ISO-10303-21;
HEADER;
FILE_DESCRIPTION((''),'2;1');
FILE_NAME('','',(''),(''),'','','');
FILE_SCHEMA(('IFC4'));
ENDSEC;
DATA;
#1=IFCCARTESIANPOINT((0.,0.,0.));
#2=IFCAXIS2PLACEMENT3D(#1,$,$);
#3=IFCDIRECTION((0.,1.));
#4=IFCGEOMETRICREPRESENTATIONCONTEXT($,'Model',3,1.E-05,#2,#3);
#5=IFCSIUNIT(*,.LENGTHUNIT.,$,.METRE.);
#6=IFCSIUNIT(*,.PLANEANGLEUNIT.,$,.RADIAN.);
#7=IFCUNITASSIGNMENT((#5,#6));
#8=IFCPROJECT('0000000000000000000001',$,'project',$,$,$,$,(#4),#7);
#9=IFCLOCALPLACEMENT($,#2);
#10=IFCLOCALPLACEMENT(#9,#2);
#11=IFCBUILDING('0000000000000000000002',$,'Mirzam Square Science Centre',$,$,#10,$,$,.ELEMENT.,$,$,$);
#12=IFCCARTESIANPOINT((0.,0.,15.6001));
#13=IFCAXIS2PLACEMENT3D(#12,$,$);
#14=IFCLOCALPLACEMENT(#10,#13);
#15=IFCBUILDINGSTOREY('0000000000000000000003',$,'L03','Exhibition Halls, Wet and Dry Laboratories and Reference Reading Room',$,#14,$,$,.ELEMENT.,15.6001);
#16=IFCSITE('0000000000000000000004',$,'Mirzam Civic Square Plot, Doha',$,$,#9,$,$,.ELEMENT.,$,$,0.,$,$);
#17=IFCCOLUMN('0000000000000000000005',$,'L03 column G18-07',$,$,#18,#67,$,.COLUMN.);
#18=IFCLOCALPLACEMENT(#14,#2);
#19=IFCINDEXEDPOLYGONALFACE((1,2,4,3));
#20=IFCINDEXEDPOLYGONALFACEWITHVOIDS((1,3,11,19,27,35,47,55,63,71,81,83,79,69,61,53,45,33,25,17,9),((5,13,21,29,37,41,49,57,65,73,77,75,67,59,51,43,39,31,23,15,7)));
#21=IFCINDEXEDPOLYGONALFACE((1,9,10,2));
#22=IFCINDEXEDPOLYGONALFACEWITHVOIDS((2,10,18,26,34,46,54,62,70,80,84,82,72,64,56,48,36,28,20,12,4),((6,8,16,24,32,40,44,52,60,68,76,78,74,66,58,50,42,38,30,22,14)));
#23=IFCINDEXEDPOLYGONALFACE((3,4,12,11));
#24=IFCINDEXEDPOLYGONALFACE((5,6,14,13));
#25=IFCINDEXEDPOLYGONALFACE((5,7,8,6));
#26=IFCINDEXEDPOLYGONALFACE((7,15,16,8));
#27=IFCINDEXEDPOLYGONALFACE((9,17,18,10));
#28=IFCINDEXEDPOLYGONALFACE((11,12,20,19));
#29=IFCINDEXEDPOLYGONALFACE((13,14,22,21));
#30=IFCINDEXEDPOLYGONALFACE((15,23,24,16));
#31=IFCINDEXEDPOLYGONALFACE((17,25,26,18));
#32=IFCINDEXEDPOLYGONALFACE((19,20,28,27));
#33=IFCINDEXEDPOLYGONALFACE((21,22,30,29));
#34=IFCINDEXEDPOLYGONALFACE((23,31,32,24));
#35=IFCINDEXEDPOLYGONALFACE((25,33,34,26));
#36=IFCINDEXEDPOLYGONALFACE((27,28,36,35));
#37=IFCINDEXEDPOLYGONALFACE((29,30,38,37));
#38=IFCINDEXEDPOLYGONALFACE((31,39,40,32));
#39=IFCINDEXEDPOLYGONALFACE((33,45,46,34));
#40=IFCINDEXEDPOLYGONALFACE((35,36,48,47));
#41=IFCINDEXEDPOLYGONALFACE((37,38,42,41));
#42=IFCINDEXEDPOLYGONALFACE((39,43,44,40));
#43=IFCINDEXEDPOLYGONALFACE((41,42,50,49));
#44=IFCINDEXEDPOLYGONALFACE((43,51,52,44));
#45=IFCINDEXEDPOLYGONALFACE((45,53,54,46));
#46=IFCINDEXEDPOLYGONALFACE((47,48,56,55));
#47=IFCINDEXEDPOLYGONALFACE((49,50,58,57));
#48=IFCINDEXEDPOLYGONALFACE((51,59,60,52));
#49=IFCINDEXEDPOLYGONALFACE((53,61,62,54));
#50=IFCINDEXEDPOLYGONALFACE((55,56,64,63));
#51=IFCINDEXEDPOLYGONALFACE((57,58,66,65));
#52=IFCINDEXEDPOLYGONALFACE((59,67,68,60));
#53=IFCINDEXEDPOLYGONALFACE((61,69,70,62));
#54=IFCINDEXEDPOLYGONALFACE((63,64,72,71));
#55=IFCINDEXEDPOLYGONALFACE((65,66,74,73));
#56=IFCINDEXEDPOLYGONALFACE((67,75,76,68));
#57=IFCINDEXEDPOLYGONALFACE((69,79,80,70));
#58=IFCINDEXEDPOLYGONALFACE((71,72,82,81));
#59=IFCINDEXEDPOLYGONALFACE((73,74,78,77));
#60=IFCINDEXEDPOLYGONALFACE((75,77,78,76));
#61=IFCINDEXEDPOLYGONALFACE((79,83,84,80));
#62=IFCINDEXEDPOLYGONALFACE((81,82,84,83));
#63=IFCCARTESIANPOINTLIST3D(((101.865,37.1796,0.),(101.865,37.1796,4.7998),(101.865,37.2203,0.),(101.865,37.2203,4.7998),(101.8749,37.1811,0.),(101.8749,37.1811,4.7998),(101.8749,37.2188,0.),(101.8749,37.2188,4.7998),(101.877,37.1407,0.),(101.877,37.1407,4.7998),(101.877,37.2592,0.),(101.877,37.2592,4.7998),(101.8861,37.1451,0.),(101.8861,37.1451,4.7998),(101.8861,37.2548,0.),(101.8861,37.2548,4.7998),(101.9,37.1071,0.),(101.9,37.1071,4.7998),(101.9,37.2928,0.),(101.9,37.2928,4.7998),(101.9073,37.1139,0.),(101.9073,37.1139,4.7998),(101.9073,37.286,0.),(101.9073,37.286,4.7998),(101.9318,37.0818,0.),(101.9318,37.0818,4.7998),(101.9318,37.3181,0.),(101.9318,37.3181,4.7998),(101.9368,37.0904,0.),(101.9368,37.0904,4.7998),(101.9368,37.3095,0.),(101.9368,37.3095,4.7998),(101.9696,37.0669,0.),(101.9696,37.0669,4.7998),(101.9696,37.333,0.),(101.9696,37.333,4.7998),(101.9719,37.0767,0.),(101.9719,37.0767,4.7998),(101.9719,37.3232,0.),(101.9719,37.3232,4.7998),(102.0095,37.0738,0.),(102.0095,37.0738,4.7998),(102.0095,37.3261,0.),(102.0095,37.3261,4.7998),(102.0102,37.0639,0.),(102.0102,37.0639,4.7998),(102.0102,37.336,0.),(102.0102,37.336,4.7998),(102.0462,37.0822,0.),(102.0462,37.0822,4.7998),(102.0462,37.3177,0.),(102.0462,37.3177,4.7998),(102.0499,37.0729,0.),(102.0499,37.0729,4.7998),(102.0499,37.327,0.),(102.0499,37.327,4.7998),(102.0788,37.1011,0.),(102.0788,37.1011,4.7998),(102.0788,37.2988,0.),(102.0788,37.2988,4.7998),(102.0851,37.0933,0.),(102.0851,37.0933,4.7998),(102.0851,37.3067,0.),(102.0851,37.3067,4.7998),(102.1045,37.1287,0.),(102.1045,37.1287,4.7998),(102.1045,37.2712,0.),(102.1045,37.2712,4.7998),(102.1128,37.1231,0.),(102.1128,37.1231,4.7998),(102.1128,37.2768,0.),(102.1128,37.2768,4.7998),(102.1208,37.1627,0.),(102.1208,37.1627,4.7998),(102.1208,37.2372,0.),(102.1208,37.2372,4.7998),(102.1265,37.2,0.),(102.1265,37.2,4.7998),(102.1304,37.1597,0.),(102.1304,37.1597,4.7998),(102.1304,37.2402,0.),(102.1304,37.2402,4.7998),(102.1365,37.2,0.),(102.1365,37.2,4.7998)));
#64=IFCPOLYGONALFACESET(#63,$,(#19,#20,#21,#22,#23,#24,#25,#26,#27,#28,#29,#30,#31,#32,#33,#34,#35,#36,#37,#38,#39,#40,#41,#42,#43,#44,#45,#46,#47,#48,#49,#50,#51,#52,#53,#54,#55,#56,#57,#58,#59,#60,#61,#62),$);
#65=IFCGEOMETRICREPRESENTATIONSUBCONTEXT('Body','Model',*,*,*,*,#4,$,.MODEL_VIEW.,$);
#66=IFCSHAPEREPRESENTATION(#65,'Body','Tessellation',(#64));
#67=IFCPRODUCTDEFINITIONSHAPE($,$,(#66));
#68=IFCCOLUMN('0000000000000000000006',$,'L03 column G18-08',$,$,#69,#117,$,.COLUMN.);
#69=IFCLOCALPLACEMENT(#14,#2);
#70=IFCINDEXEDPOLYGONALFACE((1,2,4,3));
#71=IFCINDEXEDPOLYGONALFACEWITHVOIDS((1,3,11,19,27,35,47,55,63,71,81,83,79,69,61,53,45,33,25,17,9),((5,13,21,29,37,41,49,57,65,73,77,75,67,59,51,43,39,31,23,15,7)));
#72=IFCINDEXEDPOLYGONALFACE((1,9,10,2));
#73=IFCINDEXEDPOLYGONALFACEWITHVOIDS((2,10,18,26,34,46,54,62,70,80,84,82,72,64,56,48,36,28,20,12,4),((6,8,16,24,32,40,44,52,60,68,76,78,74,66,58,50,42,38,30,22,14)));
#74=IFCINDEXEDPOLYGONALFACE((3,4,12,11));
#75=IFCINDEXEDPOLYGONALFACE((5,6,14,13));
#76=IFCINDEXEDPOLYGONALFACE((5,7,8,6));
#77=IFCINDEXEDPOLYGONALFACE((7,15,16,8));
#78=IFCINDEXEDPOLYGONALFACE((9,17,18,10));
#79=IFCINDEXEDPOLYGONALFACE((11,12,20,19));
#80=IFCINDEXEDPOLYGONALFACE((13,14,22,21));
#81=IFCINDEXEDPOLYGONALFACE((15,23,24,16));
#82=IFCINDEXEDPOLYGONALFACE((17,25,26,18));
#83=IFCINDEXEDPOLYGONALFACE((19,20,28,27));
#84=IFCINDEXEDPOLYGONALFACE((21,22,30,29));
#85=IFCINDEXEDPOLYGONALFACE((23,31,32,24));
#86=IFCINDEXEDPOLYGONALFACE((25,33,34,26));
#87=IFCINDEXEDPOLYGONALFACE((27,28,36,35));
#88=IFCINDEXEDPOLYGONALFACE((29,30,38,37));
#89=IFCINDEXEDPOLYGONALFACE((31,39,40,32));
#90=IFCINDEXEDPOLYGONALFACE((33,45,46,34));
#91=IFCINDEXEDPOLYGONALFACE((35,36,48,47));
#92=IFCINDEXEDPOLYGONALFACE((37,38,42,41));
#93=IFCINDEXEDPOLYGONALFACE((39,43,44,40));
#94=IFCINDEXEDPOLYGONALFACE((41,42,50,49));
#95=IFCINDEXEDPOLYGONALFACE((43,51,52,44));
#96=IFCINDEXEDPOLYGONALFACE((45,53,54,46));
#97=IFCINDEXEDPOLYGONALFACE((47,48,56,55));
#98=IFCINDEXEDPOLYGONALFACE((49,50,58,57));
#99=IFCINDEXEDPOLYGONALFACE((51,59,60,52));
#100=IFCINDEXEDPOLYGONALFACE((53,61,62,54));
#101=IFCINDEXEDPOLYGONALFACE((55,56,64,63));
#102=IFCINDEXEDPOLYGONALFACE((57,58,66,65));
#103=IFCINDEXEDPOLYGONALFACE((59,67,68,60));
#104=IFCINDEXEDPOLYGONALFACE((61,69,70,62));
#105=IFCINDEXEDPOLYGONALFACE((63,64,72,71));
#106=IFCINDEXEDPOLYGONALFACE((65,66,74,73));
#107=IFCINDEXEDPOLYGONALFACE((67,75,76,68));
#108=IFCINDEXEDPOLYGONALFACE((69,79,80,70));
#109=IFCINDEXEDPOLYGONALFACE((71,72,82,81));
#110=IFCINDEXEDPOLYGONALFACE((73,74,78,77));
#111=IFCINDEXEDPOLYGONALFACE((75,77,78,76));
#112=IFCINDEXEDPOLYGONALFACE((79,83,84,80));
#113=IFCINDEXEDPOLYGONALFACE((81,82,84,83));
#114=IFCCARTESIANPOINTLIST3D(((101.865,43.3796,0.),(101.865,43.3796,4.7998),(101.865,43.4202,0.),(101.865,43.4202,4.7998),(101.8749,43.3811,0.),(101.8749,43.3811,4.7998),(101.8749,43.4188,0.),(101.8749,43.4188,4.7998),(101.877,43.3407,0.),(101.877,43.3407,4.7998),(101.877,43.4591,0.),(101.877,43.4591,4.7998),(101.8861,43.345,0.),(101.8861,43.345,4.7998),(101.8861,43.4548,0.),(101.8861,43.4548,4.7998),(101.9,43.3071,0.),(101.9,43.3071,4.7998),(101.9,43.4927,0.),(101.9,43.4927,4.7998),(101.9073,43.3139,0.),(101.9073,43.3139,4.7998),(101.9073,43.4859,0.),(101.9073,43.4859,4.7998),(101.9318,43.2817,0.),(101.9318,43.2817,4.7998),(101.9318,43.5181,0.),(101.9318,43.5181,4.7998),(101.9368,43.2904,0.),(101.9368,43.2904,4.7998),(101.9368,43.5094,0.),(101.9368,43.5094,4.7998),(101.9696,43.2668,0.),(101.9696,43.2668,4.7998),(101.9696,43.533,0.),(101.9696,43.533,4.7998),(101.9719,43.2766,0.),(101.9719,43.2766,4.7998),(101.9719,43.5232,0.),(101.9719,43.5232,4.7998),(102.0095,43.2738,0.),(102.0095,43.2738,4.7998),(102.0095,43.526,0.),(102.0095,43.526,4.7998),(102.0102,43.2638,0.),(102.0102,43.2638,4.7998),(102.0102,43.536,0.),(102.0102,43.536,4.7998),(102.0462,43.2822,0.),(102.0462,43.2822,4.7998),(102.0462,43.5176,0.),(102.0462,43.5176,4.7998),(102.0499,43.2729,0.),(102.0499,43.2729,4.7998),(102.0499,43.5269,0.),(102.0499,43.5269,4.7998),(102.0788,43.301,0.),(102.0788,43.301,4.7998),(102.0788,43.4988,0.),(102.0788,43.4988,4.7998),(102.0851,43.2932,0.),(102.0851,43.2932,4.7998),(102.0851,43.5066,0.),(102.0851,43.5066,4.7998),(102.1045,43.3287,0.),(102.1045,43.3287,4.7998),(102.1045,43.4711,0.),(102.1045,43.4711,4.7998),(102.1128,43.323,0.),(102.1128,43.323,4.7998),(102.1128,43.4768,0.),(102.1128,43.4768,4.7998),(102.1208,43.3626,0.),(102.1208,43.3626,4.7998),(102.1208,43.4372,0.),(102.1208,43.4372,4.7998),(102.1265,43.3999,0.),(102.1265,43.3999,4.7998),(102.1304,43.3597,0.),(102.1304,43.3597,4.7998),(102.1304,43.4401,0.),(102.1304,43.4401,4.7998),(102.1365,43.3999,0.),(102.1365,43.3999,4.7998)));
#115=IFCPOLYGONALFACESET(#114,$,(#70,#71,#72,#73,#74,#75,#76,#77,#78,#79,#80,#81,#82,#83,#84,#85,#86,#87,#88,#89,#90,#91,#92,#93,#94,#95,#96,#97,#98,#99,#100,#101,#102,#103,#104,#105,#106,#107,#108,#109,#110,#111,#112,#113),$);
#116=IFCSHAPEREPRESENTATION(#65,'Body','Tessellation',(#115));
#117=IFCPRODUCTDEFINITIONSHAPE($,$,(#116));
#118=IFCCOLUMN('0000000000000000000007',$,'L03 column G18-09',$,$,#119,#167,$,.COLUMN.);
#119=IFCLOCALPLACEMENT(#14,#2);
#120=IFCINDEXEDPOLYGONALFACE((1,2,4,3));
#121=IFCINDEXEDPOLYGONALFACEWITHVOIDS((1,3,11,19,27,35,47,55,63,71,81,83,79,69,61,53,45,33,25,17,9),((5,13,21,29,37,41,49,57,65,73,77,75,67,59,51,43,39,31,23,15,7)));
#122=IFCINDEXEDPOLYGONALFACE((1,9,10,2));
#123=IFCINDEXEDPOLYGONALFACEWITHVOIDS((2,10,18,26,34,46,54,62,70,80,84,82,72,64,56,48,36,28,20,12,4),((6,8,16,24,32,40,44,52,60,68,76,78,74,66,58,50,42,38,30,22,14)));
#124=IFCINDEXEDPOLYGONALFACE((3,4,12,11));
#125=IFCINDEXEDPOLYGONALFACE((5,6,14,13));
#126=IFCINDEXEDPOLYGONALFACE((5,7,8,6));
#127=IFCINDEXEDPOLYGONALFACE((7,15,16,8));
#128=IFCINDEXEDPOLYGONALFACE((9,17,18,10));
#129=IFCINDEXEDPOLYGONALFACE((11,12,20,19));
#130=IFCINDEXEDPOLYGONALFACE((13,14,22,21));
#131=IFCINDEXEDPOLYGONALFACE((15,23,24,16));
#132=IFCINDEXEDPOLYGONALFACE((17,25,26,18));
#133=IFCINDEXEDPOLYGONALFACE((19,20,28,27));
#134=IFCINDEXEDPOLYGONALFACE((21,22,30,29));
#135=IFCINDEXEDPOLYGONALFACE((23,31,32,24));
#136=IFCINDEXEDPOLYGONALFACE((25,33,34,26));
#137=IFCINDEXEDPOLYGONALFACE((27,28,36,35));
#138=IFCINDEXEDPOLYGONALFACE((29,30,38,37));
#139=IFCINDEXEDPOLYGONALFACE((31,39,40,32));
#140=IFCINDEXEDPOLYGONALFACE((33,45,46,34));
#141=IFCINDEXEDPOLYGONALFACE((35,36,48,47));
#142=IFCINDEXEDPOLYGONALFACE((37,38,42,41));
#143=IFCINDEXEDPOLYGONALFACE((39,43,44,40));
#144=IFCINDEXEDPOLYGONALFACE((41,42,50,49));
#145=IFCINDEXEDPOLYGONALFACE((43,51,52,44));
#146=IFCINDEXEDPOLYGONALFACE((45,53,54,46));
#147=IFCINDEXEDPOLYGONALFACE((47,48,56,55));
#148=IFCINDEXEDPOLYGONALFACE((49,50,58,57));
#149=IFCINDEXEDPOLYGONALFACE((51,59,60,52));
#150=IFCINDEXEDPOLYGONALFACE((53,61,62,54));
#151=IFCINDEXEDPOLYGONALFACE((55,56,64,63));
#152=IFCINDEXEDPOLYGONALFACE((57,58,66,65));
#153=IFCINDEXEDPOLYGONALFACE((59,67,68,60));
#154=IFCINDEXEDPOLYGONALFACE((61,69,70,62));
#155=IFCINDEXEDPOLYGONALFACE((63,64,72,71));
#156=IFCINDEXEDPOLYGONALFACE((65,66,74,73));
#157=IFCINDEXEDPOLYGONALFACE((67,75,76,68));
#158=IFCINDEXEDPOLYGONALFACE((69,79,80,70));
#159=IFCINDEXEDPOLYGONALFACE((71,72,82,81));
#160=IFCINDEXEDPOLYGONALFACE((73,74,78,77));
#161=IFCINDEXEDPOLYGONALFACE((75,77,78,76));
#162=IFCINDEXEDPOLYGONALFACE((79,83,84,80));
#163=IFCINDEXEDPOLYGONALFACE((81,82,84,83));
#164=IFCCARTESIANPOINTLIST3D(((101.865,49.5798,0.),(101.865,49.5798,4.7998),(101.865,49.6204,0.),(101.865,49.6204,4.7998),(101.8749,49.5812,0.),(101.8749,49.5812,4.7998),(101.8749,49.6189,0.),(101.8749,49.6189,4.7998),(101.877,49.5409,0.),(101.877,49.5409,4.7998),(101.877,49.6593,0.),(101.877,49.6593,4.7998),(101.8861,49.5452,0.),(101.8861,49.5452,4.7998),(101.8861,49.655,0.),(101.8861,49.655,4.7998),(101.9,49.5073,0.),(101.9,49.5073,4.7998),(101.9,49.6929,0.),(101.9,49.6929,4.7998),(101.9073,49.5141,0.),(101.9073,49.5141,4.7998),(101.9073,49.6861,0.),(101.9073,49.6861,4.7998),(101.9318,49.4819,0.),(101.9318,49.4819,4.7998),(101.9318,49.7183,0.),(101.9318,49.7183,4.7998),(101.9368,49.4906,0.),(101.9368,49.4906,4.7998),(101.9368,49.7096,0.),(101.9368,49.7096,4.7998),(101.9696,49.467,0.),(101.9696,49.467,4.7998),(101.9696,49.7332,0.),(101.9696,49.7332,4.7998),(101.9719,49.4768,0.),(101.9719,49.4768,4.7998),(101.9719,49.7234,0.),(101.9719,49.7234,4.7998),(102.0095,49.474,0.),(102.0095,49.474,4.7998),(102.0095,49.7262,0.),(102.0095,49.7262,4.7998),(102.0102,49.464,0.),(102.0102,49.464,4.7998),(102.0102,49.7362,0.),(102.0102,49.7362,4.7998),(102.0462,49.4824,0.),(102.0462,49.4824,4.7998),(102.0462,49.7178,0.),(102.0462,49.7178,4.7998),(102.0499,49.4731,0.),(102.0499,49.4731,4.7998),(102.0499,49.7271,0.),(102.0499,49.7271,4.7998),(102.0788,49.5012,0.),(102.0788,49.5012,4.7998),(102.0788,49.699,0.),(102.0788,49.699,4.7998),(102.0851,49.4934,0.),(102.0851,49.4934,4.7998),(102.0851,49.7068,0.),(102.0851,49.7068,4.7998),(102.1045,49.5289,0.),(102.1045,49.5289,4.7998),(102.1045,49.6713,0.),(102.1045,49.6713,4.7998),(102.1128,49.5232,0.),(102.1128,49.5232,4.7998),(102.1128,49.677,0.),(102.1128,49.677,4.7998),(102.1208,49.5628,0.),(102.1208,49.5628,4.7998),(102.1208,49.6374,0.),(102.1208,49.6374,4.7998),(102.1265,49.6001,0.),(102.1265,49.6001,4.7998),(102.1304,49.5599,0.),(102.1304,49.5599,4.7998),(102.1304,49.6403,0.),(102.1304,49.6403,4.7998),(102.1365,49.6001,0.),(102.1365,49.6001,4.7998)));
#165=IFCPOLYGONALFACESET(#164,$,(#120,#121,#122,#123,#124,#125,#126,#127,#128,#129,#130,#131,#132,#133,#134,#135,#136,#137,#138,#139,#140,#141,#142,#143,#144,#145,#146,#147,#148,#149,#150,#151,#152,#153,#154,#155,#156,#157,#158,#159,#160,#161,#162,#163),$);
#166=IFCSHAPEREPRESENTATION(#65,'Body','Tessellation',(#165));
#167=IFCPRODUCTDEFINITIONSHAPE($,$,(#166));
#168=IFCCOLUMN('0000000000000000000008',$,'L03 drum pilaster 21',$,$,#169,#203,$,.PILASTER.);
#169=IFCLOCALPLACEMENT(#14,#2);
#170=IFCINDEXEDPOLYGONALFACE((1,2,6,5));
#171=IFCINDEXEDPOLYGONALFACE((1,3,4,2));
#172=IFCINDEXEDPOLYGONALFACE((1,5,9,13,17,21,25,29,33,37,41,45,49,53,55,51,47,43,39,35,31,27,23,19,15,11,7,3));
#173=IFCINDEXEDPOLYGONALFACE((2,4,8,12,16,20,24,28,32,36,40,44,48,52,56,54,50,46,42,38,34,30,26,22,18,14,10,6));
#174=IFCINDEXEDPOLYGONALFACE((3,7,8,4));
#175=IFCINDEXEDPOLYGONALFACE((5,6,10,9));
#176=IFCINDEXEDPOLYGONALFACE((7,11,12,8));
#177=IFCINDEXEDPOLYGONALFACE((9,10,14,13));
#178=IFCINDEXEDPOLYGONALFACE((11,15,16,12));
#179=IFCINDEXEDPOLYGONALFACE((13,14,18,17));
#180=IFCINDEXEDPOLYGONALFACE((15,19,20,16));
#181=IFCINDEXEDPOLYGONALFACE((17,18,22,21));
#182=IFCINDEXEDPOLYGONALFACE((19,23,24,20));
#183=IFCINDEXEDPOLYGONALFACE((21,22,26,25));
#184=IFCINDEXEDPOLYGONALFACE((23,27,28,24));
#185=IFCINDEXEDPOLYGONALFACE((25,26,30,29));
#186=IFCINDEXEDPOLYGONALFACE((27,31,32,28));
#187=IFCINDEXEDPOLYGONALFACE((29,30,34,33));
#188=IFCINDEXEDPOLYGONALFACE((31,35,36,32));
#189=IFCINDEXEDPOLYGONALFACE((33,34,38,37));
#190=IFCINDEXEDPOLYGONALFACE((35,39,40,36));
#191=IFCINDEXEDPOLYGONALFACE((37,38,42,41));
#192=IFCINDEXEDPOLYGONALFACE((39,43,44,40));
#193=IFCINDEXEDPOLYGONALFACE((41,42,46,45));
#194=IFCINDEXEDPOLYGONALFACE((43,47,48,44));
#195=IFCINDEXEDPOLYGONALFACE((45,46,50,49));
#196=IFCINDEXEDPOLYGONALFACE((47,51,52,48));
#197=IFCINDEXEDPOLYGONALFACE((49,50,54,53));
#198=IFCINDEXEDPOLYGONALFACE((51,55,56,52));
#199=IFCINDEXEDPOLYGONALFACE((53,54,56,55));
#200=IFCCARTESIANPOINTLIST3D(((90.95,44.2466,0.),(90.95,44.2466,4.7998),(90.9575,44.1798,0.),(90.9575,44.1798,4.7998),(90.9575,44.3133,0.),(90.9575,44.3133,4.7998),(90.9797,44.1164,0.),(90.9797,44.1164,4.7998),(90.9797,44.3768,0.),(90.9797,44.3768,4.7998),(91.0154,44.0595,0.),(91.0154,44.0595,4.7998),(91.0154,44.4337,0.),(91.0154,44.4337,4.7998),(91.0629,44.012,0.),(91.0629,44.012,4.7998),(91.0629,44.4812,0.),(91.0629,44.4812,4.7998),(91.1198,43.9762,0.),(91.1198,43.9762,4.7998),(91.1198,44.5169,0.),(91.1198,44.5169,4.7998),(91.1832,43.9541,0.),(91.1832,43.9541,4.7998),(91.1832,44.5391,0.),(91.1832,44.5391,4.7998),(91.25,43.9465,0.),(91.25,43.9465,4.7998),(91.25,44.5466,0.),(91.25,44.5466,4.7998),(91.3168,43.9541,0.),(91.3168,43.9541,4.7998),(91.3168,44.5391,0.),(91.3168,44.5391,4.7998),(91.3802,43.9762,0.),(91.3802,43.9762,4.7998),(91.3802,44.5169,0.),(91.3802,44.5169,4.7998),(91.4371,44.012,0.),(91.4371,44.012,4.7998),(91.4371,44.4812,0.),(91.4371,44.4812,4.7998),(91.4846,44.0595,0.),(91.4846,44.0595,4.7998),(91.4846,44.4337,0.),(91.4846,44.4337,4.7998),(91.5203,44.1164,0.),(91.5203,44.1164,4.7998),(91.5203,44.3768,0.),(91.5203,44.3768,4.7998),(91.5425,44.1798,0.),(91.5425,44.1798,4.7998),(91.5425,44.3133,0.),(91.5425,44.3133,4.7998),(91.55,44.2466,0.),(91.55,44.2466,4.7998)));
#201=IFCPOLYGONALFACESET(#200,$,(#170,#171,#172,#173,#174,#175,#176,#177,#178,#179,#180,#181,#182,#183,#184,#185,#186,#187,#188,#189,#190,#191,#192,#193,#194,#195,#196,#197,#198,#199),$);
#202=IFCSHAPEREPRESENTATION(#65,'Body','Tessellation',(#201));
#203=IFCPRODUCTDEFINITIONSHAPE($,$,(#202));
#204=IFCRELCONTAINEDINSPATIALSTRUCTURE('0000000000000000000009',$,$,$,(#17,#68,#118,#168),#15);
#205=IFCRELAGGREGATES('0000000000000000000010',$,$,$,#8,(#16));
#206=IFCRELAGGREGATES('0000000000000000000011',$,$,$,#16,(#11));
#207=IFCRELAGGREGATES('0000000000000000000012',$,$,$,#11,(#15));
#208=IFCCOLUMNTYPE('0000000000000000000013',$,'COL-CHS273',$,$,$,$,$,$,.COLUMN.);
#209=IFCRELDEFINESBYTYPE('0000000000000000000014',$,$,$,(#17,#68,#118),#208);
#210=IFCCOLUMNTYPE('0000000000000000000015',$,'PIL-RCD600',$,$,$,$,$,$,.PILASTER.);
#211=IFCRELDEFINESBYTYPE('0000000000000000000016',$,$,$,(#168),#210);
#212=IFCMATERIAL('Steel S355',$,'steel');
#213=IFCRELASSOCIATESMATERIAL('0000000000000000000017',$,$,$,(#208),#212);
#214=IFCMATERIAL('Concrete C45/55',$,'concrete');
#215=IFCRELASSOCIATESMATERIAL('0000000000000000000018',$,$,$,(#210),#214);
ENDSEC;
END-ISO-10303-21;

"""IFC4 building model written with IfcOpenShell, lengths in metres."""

from ifc_helpers import new_model, si_unit, direction, frame, origin, origin_2d, place, context, subcontext, project, spatial, circle, hollow_circle, extrude, material, material_profile, profile_set, type_object, element, save


model = new_model("IFC4")

# Units and contexts
model_context = context("Model", 3, precision=1e-05, world=origin(), true_north=direction((0.0, 1.0)))
body_context = subcontext(model_context, "Body", "Model", "MODEL_VIEW")
ifc_project = project(units=[si_unit("LENGTHUNIT", "METRE"), si_unit("PLANEANGLEUNIT", "RADIAN")], contexts=[model_context])

# Site, building, storey
site_placement = place(None, origin())
site = spatial("IfcSite", under=ifc_project, at=site_placement, Name="Mirzam Civic Square Plot, Doha", CompositionType="ELEMENT", RefElevation=0.0)
building_placement = place(site_placement, origin())
building = spatial("IfcBuilding", under=site, at=building_placement, Name="Mirzam Square Science Centre", CompositionType="ELEMENT")
storey_placement = place(building_placement, frame((0.0, 0.0, 15.6001)))
storey = spatial("IfcBuildingStorey", under=building, at=storey_placement, Name="L03", Description="Exhibition Halls, Wet and Dry Laboratories and Reference Reading Room", CompositionType="ELEMENT", Elevation=15.6001)

# Columns
ifc_material_1 = material(Name="Steel S355", Category="steel")
ifc_material_profile_1 = material_profile(ifc_material_1, hollow_circle(Radius=0.1365, WallThickness=0.01, at=origin_2d()), Name="273.0x10.0CHS")
ifc_profile_set_1 = profile_set([ifc_material_profile_1], Name="Steel S355")
column_type_1 = type_object("IfcColumnType", Name="COL-CHS273", PredefinedType="COLUMN", material=ifc_profile_set_1)
for number, where, z_axis, x_axis, name in (
    (1, (102.0, 37.2, 0.0), (0.0, 0.0, 1.0), (1.0, 0.0, 0.0), "L03 column G18-07"),
    (2, (102.0, 43.3999, 0.0), (0.0, 0.0, 1.0), (1.0, 0.0, 0.0), "L03 column G18-08"),
    (3, (102.0, 49.6001, 0.0), (0.0, 0.0, 1.0), (1.0, 0.0, 0.0), "L03 column G18-09"),
):
    element("IfcColumn", number, at=place(storey_placement, frame(where, z_axis=z_axis, x_axis=x_axis)), inside=storey, type_object=column_type_1, Name=name, PredefinedType="COLUMN", context=body_context, shape_type="SweptSolid", body=[
        extrude(hollow_circle(Radius=0.1365, WallThickness=0.01, at=origin_2d()), origin(), (0.0, 0.0, 1.0), 4.7998),
    ])
ifc_material_2 = material(Name="Concrete C45/55", Category="concrete")
ifc_material_profile_2 = material_profile(ifc_material_2, circle(Radius=0.3, at=origin_2d()), Name="RCD600")
ifc_profile_set_2 = profile_set([ifc_material_profile_2], Name="Concrete C45/55")
column_type_2 = type_object("IfcColumnType", Name="PIL-RCD600", PredefinedType="PILASTER", material=ifc_profile_set_2)
column_1_placement = place(storey_placement, frame((91.25, 44.2466, 0.0), z_axis=(0.0, 0.0, 1.0), x_axis=(1.0, 0.0, 0.0)))
element("IfcColumn", 4, at=column_1_placement, inside=storey, type_object=column_type_2, Name="L03 drum pilaster 21", PredefinedType="PILASTER", context=body_context, shape_type="SweptSolid", body=[
    extrude(circle(Radius=0.3, at=origin_2d()), origin(), (0.0, 0.0, 1.0), 4.7998),
])

save(model, "model.ifc")
